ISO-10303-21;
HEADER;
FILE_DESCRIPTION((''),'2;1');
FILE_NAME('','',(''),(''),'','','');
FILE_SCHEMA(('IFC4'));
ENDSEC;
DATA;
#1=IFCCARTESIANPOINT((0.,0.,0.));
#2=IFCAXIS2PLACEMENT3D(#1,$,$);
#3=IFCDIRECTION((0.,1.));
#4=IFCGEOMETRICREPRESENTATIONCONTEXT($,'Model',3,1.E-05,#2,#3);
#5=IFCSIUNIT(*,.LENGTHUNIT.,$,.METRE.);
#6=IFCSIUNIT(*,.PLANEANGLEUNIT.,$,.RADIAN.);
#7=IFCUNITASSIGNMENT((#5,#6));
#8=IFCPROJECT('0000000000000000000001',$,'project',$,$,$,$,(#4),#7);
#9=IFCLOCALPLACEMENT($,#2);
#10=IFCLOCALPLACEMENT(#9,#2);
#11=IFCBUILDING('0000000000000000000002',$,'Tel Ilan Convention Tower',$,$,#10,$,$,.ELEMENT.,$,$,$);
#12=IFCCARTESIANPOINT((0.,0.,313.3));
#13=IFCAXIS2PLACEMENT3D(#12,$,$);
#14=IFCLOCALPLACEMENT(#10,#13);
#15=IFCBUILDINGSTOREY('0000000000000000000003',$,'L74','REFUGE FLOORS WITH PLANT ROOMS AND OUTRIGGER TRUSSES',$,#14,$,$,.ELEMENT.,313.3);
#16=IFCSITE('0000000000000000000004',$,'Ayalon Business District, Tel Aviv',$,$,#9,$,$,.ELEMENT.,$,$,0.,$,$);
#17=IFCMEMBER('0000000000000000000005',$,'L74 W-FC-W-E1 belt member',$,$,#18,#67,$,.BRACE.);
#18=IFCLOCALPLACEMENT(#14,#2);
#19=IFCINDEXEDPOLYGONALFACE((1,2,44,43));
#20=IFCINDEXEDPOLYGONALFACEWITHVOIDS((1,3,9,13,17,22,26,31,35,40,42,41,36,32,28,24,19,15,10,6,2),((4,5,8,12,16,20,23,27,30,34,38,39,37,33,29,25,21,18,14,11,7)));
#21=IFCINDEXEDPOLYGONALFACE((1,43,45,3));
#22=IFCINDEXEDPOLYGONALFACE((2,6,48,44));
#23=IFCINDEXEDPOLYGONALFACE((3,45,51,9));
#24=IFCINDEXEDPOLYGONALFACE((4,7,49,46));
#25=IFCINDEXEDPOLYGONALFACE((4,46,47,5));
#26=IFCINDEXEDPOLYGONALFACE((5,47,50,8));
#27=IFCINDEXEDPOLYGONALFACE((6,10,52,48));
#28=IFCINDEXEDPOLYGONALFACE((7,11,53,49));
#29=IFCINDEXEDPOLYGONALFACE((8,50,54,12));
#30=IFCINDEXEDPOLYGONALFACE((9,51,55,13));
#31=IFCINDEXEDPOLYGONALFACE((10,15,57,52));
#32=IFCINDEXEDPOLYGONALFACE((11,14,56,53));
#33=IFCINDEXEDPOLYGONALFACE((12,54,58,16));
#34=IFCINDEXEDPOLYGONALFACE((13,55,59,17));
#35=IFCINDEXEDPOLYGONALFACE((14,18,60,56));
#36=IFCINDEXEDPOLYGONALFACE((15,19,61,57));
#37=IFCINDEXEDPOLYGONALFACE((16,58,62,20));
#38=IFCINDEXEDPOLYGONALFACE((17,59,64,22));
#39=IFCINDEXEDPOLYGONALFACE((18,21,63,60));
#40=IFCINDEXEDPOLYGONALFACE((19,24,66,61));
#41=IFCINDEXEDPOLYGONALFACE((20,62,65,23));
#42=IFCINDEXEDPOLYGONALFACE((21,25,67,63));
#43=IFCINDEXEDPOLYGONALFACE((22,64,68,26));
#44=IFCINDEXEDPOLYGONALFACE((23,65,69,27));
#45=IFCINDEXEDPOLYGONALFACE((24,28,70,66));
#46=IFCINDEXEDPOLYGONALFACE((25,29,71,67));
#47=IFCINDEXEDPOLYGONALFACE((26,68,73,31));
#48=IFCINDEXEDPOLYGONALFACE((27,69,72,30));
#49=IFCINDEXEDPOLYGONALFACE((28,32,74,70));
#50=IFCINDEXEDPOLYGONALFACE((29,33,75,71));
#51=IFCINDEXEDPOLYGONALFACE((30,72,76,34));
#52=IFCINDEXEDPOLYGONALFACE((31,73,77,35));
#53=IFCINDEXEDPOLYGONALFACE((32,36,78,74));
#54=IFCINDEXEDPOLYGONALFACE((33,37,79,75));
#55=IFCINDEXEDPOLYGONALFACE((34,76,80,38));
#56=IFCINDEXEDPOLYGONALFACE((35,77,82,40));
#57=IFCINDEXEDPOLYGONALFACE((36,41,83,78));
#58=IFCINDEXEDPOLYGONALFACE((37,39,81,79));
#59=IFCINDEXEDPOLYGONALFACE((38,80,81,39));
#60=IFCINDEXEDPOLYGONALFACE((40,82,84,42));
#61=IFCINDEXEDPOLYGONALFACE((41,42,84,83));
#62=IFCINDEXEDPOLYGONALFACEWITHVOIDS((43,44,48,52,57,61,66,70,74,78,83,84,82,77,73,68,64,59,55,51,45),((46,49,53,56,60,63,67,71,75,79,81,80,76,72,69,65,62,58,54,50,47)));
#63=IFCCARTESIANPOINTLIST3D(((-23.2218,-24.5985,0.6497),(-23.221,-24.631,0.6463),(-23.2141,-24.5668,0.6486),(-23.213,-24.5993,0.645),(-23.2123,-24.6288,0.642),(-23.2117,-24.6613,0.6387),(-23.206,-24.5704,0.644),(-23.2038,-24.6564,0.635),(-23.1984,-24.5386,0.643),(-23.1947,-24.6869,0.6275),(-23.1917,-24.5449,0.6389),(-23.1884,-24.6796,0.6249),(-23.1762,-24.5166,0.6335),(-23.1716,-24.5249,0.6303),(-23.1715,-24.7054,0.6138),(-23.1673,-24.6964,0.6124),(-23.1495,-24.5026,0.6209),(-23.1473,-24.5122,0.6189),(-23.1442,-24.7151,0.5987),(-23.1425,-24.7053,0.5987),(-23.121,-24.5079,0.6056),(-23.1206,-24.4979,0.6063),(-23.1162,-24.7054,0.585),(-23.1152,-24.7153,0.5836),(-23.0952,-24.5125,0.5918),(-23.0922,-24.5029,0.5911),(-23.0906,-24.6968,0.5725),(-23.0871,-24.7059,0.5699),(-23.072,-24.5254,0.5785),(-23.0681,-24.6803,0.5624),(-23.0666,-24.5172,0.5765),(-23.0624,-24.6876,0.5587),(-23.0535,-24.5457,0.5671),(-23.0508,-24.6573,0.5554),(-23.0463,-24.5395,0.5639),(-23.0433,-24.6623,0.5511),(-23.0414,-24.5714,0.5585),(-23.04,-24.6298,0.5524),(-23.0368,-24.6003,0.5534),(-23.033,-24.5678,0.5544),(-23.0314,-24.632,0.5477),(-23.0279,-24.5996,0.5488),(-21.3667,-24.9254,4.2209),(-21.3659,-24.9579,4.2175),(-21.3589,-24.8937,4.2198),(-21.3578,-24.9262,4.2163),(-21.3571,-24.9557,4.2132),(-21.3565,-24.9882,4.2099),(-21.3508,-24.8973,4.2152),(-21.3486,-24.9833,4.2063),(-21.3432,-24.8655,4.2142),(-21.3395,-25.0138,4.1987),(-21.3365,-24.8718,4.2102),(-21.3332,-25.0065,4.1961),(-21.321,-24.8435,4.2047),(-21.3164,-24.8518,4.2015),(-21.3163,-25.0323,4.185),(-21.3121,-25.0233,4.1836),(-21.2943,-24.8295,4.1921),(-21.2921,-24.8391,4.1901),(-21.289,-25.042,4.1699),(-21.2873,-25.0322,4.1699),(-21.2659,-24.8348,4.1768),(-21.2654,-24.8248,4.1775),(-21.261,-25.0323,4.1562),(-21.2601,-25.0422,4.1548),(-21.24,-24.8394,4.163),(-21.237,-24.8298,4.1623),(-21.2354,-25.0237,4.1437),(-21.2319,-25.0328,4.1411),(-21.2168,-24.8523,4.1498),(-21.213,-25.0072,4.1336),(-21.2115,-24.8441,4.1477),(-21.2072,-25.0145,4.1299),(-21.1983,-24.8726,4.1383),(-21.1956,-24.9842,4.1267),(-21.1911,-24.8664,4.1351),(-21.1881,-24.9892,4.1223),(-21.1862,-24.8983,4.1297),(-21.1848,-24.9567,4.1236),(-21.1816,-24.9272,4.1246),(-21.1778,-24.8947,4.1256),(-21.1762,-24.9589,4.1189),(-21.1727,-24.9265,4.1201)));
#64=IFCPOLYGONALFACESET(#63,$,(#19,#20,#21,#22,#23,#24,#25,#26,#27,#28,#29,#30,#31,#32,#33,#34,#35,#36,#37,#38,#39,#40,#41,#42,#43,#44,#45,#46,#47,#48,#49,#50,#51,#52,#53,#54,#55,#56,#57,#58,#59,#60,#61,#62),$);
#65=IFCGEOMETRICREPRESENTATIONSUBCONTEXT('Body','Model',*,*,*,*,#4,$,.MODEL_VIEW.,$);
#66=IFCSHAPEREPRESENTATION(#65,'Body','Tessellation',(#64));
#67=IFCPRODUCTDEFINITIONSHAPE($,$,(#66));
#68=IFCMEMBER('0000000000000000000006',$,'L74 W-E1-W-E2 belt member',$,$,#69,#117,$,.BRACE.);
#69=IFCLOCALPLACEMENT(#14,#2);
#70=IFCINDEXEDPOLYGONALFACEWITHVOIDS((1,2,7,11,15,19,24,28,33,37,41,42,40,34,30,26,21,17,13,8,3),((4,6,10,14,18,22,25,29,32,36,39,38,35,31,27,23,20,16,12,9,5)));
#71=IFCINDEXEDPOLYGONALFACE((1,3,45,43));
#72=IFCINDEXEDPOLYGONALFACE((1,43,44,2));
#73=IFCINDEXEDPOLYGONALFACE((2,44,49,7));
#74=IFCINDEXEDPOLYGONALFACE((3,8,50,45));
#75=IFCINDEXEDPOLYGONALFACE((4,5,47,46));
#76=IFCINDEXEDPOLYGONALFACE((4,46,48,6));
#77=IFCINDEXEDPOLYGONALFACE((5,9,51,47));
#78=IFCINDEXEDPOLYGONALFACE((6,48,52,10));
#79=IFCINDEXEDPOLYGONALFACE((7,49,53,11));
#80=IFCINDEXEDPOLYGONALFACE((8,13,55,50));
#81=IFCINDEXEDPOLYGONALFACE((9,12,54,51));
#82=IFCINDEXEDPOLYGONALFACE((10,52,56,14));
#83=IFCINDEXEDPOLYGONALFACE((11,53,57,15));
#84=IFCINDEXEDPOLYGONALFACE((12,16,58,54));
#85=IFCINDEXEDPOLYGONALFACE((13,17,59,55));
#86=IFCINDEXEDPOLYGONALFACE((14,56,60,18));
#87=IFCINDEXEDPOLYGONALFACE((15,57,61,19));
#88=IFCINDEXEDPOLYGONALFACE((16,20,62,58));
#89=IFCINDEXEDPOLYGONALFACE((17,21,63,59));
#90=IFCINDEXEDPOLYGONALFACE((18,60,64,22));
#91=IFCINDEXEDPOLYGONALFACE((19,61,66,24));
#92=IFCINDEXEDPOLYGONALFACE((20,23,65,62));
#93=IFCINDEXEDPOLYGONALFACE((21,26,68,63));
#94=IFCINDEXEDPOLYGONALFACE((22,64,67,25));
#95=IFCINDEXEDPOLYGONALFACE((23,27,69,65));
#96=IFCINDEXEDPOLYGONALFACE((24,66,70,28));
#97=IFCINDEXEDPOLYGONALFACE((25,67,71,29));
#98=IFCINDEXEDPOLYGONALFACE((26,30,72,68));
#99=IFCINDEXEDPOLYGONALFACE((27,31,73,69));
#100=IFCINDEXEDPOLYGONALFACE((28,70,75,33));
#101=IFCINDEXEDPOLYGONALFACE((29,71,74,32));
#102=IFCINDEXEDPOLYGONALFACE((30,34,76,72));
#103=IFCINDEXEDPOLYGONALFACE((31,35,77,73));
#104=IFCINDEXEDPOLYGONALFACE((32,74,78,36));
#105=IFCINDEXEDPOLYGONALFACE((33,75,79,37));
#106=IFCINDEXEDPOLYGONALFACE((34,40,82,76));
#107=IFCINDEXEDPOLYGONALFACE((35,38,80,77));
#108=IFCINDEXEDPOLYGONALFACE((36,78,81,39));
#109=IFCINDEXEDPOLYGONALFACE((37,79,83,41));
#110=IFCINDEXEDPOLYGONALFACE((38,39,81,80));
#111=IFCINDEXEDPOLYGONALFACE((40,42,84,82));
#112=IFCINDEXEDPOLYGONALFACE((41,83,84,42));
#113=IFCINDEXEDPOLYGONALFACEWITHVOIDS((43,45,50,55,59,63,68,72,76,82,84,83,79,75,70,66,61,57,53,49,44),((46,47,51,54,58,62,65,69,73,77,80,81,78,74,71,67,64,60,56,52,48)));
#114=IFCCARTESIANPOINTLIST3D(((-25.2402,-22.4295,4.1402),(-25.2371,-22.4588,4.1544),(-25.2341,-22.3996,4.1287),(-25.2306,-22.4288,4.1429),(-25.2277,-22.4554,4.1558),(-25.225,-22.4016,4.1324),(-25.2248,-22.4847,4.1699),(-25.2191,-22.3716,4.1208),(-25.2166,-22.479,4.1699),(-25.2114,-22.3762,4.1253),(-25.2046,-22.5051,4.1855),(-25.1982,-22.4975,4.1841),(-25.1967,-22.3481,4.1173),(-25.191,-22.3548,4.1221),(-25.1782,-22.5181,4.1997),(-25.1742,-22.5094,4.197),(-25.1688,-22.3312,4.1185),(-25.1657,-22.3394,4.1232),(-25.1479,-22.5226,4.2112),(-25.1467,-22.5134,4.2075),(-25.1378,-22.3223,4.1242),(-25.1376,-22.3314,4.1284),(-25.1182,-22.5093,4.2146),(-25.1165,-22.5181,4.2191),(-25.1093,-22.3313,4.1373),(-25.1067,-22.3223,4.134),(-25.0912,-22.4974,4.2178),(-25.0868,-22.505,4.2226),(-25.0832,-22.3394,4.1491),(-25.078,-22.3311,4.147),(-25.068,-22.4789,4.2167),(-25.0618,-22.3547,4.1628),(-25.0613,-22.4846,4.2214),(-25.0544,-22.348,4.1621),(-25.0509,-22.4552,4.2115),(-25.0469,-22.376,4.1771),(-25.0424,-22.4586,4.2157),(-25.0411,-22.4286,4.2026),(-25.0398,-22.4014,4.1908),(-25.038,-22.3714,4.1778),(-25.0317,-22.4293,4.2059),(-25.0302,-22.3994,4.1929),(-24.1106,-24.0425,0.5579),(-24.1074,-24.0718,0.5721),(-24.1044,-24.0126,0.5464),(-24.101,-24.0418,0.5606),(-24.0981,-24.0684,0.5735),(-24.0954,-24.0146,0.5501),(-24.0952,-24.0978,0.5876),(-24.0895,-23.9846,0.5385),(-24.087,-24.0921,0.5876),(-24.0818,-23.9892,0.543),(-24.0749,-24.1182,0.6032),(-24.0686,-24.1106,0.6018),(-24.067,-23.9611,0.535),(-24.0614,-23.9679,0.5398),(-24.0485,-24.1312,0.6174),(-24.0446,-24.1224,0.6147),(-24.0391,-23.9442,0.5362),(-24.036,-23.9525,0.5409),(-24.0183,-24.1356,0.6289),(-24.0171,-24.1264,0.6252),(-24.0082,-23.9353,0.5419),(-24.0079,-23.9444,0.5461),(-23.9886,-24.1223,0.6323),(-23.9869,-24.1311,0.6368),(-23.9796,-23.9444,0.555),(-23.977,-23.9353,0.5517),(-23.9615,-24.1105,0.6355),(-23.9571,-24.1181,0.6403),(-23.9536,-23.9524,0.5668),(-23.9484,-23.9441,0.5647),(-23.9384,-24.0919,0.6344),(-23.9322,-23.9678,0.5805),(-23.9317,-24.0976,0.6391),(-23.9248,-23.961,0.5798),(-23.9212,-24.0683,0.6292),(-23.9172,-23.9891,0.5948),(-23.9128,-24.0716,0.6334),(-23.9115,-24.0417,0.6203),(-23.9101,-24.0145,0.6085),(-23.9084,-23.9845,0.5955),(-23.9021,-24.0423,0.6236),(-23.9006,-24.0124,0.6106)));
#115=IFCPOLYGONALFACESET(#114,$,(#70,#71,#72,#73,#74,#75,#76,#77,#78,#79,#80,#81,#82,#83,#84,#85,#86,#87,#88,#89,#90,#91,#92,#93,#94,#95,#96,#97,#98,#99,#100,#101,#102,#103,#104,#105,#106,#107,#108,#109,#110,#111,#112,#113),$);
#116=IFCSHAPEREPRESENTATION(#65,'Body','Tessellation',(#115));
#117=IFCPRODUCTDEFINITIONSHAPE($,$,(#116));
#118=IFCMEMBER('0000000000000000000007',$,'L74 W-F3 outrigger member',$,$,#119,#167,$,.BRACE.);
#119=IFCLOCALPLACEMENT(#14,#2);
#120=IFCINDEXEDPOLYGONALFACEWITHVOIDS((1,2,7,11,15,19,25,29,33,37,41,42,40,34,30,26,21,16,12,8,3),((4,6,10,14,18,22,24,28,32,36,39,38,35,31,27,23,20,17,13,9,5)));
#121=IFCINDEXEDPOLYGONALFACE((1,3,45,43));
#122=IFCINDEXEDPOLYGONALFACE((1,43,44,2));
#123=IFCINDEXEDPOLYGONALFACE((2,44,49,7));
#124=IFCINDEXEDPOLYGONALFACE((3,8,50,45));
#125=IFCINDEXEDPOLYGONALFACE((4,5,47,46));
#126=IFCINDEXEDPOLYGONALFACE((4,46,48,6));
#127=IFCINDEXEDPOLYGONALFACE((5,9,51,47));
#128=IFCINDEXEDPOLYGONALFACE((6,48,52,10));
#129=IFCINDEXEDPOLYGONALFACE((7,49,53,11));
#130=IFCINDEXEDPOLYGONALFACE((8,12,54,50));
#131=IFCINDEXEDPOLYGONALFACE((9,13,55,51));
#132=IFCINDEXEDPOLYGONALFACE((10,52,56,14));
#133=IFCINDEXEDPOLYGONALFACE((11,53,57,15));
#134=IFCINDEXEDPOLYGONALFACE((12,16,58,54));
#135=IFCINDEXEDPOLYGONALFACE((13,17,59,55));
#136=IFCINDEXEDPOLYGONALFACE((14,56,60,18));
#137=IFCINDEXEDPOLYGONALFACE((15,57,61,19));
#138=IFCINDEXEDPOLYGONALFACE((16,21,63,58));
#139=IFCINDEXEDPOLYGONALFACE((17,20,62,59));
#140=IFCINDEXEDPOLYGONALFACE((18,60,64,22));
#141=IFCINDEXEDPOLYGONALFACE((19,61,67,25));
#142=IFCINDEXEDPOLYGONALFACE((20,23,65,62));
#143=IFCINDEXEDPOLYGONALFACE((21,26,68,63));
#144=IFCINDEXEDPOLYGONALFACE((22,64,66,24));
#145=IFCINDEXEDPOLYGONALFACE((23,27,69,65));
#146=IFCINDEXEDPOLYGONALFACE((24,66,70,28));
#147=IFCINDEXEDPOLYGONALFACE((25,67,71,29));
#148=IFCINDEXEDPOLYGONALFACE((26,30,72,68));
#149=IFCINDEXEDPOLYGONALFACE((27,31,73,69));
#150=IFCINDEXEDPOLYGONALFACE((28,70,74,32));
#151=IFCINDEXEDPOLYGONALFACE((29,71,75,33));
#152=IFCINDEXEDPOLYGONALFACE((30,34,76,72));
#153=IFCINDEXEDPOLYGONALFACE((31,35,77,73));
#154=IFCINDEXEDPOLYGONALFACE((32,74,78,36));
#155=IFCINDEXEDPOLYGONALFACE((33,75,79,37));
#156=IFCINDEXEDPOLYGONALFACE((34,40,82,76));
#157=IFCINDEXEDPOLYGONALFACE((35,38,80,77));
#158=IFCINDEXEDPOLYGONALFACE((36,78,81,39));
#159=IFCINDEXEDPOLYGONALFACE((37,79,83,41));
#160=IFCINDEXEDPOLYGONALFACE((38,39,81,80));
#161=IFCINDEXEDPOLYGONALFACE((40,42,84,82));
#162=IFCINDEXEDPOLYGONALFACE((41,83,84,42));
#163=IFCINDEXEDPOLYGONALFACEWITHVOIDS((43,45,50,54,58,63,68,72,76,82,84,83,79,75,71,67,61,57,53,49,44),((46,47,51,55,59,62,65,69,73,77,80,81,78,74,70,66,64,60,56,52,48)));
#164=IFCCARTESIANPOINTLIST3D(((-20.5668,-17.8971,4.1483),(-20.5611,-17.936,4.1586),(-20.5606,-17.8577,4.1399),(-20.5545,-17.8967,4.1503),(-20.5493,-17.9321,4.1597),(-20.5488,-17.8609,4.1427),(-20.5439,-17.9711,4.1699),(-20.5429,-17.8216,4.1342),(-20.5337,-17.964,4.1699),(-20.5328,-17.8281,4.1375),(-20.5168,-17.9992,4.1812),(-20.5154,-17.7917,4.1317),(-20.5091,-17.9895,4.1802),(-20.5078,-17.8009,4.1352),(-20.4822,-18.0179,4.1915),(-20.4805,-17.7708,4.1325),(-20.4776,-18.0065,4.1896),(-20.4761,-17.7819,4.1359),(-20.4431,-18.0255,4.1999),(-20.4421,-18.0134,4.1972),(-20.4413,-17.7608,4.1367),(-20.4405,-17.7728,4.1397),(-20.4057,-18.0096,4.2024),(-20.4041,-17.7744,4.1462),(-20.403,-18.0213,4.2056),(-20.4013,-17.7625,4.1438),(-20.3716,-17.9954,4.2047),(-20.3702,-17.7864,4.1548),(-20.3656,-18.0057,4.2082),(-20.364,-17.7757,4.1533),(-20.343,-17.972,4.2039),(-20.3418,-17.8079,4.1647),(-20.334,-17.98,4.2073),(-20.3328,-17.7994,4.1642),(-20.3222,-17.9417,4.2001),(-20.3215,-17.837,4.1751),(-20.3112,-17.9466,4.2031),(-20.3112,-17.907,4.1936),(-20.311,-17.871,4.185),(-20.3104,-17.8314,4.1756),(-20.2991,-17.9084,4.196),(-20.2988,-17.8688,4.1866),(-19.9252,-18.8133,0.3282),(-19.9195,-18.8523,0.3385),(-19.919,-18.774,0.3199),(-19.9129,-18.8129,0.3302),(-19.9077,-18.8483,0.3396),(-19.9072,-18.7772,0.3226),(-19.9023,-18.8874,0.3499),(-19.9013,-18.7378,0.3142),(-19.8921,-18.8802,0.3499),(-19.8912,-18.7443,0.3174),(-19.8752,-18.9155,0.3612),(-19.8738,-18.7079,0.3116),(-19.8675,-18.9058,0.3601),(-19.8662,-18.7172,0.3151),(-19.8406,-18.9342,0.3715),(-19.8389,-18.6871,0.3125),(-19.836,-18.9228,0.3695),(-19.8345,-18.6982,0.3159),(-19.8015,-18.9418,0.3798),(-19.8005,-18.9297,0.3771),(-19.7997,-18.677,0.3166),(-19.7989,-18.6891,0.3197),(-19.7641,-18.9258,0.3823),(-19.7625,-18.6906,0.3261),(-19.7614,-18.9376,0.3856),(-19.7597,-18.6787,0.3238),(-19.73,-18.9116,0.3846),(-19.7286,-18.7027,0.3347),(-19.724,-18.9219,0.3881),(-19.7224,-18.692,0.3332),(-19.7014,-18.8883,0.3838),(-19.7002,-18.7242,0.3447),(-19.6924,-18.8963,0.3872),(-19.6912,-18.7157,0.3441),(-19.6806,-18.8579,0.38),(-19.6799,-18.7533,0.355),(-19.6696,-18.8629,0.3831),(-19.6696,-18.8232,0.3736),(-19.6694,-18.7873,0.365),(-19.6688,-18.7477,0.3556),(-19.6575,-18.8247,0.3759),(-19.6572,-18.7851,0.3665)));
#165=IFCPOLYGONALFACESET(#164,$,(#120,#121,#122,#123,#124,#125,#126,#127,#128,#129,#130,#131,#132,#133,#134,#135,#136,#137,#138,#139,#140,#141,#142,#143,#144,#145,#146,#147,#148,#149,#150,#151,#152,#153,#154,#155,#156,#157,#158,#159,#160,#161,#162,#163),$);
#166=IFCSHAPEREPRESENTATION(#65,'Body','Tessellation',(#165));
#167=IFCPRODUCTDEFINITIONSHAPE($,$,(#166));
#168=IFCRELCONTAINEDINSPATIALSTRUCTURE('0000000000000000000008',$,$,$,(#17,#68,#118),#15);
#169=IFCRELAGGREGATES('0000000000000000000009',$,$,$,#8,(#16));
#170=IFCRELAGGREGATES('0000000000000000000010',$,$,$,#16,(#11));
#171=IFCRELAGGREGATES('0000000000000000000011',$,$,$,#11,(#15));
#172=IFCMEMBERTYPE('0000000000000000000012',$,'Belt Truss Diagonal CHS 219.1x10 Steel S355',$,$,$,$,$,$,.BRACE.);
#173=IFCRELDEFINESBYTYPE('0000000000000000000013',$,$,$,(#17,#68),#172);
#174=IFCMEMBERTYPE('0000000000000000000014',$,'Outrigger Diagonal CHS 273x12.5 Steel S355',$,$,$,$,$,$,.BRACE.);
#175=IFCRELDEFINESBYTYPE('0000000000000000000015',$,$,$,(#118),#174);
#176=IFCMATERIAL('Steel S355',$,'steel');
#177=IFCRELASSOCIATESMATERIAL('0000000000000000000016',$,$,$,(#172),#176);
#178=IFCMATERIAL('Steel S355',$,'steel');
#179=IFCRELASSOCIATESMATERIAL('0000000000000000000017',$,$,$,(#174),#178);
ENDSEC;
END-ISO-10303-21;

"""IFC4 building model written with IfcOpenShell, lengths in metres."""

from ifc_helpers import new_model, si_unit, direction, frame, origin, origin_2d, place, context, subcontext, project, spatial, hollow_circle, extrude, material, material_profile, profile_set, type_object, element, save


model = new_model("IFC4")

# Units and contexts
model_context = context("Model", 3, precision=1e-05, world=origin(), true_north=direction((0.0, 1.0)))
body_context = subcontext(model_context, "Body", "Model", "MODEL_VIEW")
ifc_project = project(units=[si_unit("LENGTHUNIT", "METRE"), si_unit("PLANEANGLEUNIT", "RADIAN")], contexts=[model_context])

# Site, building, storey
site_placement = place(None, origin())
site = spatial("IfcSite", under=ifc_project, at=site_placement, Name="Ayalon Business District, Tel Aviv", CompositionType="ELEMENT", RefElevation=0.0)
building_placement = place(site_placement, origin())
building = spatial("IfcBuilding", under=site, at=building_placement, Name="Tel Ilan Convention Tower", CompositionType="ELEMENT")
storey_placement = place(building_placement, frame((0.0, 0.0, 313.3)))
storey = spatial("IfcBuildingStorey", under=building, at=storey_placement, Name="L74", Description="REFUGE FLOORS WITH PLANT ROOMS AND OUTRIGGER TRUSSES", CompositionType="ELEMENT", Elevation=313.3)

# Members
ifc_material_1 = material(Name="Steel S355", Category="steel")
ifc_material_profile_1 = material_profile(ifc_material_1, hollow_circle(Radius=0.1096, WallThickness=0.01, at=origin_2d()), Name="CHS 219.1x10")
ifc_profile_set_1 = profile_set([ifc_material_profile_1], Name="Steel S355")
member_type_1 = type_object("IfcMemberType", Name="Belt Truss Diagonal CHS 219.1x10 Steel S355", PredefinedType="BRACE", material=ifc_profile_set_1)
member_1_placement = place(storey_placement, frame((-21.27, -24.9341, 4.1699), z_axis=(-0.459478, 0.080963, -0.884491), x_axis=(-0.173534, -0.984828, 0.0)))
element("IfcMember", 1, at=member_1_placement, inside=storey, type_object=member_type_1, Name="L74 W-FC-W-E1 belt member", PredefinedType="BRACE", context=body_context, shape_type="SweptSolid", body=[
    extrude(hollow_circle(Radius=0.1096, WallThickness=0.01, at=origin_2d()), origin(), (0.0, 0.0, 1.0), 4.0376),
])
member_2_placement = place(storey_placement, frame((-24.0054, -24.0349, 0.5876), z_axis=(-0.276339, 0.394591, 0.876319), x_axis=(-0.81911, -0.573637, 0.0)))
element("IfcMember", 2, at=member_2_placement, inside=storey, type_object=member_type_1, Name="L74 W-E1-W-E2 belt member", PredefinedType="BRACE", context=body_context, shape_type="SweptSolid", body=[
    extrude(hollow_circle(Radius=0.1096, WallThickness=0.01, at=origin_2d()), origin(), (0.0, 0.0, 1.0), 4.0879),
])
ifc_material_2 = material(Name="Steel S355", Category="steel")
ifc_material_profile_2 = material_profile(ifc_material_2, hollow_circle(Radius=0.1365, WallThickness=0.0125, at=origin_2d()), Name="CHS 273x12.5")
ifc_profile_set_2 = profile_set([ifc_material_profile_2], Name="Steel S355")
member_type_2 = type_object("IfcMemberType", Name="Outrigger Diagonal CHS 273x12.5 Steel S355", PredefinedType="BRACE", material=ifc_profile_set_2)
for number, where, z_axis, x_axis, name in (
    (3, (-19.7905, -18.8091, 0.3499), (-0.161188, 0.230189, 0.959704), (-0.81914, -0.573594, 0.0), "L74 W-F3 outrigger member"),
):
    element("IfcMember", number, at=place(storey_placement, frame(where, z_axis=z_axis, x_axis=x_axis)), inside=storey, type_object=member_type_2, Name=name, PredefinedType="BRACE", context=body_context, shape_type="SweptSolid", body=[
        extrude(hollow_circle(Radius=0.1365, WallThickness=0.0125, at=origin_2d()), origin(), (0.0, 0.0, 1.0), 3.9805),
    ])

save(model, "model.ifc")
